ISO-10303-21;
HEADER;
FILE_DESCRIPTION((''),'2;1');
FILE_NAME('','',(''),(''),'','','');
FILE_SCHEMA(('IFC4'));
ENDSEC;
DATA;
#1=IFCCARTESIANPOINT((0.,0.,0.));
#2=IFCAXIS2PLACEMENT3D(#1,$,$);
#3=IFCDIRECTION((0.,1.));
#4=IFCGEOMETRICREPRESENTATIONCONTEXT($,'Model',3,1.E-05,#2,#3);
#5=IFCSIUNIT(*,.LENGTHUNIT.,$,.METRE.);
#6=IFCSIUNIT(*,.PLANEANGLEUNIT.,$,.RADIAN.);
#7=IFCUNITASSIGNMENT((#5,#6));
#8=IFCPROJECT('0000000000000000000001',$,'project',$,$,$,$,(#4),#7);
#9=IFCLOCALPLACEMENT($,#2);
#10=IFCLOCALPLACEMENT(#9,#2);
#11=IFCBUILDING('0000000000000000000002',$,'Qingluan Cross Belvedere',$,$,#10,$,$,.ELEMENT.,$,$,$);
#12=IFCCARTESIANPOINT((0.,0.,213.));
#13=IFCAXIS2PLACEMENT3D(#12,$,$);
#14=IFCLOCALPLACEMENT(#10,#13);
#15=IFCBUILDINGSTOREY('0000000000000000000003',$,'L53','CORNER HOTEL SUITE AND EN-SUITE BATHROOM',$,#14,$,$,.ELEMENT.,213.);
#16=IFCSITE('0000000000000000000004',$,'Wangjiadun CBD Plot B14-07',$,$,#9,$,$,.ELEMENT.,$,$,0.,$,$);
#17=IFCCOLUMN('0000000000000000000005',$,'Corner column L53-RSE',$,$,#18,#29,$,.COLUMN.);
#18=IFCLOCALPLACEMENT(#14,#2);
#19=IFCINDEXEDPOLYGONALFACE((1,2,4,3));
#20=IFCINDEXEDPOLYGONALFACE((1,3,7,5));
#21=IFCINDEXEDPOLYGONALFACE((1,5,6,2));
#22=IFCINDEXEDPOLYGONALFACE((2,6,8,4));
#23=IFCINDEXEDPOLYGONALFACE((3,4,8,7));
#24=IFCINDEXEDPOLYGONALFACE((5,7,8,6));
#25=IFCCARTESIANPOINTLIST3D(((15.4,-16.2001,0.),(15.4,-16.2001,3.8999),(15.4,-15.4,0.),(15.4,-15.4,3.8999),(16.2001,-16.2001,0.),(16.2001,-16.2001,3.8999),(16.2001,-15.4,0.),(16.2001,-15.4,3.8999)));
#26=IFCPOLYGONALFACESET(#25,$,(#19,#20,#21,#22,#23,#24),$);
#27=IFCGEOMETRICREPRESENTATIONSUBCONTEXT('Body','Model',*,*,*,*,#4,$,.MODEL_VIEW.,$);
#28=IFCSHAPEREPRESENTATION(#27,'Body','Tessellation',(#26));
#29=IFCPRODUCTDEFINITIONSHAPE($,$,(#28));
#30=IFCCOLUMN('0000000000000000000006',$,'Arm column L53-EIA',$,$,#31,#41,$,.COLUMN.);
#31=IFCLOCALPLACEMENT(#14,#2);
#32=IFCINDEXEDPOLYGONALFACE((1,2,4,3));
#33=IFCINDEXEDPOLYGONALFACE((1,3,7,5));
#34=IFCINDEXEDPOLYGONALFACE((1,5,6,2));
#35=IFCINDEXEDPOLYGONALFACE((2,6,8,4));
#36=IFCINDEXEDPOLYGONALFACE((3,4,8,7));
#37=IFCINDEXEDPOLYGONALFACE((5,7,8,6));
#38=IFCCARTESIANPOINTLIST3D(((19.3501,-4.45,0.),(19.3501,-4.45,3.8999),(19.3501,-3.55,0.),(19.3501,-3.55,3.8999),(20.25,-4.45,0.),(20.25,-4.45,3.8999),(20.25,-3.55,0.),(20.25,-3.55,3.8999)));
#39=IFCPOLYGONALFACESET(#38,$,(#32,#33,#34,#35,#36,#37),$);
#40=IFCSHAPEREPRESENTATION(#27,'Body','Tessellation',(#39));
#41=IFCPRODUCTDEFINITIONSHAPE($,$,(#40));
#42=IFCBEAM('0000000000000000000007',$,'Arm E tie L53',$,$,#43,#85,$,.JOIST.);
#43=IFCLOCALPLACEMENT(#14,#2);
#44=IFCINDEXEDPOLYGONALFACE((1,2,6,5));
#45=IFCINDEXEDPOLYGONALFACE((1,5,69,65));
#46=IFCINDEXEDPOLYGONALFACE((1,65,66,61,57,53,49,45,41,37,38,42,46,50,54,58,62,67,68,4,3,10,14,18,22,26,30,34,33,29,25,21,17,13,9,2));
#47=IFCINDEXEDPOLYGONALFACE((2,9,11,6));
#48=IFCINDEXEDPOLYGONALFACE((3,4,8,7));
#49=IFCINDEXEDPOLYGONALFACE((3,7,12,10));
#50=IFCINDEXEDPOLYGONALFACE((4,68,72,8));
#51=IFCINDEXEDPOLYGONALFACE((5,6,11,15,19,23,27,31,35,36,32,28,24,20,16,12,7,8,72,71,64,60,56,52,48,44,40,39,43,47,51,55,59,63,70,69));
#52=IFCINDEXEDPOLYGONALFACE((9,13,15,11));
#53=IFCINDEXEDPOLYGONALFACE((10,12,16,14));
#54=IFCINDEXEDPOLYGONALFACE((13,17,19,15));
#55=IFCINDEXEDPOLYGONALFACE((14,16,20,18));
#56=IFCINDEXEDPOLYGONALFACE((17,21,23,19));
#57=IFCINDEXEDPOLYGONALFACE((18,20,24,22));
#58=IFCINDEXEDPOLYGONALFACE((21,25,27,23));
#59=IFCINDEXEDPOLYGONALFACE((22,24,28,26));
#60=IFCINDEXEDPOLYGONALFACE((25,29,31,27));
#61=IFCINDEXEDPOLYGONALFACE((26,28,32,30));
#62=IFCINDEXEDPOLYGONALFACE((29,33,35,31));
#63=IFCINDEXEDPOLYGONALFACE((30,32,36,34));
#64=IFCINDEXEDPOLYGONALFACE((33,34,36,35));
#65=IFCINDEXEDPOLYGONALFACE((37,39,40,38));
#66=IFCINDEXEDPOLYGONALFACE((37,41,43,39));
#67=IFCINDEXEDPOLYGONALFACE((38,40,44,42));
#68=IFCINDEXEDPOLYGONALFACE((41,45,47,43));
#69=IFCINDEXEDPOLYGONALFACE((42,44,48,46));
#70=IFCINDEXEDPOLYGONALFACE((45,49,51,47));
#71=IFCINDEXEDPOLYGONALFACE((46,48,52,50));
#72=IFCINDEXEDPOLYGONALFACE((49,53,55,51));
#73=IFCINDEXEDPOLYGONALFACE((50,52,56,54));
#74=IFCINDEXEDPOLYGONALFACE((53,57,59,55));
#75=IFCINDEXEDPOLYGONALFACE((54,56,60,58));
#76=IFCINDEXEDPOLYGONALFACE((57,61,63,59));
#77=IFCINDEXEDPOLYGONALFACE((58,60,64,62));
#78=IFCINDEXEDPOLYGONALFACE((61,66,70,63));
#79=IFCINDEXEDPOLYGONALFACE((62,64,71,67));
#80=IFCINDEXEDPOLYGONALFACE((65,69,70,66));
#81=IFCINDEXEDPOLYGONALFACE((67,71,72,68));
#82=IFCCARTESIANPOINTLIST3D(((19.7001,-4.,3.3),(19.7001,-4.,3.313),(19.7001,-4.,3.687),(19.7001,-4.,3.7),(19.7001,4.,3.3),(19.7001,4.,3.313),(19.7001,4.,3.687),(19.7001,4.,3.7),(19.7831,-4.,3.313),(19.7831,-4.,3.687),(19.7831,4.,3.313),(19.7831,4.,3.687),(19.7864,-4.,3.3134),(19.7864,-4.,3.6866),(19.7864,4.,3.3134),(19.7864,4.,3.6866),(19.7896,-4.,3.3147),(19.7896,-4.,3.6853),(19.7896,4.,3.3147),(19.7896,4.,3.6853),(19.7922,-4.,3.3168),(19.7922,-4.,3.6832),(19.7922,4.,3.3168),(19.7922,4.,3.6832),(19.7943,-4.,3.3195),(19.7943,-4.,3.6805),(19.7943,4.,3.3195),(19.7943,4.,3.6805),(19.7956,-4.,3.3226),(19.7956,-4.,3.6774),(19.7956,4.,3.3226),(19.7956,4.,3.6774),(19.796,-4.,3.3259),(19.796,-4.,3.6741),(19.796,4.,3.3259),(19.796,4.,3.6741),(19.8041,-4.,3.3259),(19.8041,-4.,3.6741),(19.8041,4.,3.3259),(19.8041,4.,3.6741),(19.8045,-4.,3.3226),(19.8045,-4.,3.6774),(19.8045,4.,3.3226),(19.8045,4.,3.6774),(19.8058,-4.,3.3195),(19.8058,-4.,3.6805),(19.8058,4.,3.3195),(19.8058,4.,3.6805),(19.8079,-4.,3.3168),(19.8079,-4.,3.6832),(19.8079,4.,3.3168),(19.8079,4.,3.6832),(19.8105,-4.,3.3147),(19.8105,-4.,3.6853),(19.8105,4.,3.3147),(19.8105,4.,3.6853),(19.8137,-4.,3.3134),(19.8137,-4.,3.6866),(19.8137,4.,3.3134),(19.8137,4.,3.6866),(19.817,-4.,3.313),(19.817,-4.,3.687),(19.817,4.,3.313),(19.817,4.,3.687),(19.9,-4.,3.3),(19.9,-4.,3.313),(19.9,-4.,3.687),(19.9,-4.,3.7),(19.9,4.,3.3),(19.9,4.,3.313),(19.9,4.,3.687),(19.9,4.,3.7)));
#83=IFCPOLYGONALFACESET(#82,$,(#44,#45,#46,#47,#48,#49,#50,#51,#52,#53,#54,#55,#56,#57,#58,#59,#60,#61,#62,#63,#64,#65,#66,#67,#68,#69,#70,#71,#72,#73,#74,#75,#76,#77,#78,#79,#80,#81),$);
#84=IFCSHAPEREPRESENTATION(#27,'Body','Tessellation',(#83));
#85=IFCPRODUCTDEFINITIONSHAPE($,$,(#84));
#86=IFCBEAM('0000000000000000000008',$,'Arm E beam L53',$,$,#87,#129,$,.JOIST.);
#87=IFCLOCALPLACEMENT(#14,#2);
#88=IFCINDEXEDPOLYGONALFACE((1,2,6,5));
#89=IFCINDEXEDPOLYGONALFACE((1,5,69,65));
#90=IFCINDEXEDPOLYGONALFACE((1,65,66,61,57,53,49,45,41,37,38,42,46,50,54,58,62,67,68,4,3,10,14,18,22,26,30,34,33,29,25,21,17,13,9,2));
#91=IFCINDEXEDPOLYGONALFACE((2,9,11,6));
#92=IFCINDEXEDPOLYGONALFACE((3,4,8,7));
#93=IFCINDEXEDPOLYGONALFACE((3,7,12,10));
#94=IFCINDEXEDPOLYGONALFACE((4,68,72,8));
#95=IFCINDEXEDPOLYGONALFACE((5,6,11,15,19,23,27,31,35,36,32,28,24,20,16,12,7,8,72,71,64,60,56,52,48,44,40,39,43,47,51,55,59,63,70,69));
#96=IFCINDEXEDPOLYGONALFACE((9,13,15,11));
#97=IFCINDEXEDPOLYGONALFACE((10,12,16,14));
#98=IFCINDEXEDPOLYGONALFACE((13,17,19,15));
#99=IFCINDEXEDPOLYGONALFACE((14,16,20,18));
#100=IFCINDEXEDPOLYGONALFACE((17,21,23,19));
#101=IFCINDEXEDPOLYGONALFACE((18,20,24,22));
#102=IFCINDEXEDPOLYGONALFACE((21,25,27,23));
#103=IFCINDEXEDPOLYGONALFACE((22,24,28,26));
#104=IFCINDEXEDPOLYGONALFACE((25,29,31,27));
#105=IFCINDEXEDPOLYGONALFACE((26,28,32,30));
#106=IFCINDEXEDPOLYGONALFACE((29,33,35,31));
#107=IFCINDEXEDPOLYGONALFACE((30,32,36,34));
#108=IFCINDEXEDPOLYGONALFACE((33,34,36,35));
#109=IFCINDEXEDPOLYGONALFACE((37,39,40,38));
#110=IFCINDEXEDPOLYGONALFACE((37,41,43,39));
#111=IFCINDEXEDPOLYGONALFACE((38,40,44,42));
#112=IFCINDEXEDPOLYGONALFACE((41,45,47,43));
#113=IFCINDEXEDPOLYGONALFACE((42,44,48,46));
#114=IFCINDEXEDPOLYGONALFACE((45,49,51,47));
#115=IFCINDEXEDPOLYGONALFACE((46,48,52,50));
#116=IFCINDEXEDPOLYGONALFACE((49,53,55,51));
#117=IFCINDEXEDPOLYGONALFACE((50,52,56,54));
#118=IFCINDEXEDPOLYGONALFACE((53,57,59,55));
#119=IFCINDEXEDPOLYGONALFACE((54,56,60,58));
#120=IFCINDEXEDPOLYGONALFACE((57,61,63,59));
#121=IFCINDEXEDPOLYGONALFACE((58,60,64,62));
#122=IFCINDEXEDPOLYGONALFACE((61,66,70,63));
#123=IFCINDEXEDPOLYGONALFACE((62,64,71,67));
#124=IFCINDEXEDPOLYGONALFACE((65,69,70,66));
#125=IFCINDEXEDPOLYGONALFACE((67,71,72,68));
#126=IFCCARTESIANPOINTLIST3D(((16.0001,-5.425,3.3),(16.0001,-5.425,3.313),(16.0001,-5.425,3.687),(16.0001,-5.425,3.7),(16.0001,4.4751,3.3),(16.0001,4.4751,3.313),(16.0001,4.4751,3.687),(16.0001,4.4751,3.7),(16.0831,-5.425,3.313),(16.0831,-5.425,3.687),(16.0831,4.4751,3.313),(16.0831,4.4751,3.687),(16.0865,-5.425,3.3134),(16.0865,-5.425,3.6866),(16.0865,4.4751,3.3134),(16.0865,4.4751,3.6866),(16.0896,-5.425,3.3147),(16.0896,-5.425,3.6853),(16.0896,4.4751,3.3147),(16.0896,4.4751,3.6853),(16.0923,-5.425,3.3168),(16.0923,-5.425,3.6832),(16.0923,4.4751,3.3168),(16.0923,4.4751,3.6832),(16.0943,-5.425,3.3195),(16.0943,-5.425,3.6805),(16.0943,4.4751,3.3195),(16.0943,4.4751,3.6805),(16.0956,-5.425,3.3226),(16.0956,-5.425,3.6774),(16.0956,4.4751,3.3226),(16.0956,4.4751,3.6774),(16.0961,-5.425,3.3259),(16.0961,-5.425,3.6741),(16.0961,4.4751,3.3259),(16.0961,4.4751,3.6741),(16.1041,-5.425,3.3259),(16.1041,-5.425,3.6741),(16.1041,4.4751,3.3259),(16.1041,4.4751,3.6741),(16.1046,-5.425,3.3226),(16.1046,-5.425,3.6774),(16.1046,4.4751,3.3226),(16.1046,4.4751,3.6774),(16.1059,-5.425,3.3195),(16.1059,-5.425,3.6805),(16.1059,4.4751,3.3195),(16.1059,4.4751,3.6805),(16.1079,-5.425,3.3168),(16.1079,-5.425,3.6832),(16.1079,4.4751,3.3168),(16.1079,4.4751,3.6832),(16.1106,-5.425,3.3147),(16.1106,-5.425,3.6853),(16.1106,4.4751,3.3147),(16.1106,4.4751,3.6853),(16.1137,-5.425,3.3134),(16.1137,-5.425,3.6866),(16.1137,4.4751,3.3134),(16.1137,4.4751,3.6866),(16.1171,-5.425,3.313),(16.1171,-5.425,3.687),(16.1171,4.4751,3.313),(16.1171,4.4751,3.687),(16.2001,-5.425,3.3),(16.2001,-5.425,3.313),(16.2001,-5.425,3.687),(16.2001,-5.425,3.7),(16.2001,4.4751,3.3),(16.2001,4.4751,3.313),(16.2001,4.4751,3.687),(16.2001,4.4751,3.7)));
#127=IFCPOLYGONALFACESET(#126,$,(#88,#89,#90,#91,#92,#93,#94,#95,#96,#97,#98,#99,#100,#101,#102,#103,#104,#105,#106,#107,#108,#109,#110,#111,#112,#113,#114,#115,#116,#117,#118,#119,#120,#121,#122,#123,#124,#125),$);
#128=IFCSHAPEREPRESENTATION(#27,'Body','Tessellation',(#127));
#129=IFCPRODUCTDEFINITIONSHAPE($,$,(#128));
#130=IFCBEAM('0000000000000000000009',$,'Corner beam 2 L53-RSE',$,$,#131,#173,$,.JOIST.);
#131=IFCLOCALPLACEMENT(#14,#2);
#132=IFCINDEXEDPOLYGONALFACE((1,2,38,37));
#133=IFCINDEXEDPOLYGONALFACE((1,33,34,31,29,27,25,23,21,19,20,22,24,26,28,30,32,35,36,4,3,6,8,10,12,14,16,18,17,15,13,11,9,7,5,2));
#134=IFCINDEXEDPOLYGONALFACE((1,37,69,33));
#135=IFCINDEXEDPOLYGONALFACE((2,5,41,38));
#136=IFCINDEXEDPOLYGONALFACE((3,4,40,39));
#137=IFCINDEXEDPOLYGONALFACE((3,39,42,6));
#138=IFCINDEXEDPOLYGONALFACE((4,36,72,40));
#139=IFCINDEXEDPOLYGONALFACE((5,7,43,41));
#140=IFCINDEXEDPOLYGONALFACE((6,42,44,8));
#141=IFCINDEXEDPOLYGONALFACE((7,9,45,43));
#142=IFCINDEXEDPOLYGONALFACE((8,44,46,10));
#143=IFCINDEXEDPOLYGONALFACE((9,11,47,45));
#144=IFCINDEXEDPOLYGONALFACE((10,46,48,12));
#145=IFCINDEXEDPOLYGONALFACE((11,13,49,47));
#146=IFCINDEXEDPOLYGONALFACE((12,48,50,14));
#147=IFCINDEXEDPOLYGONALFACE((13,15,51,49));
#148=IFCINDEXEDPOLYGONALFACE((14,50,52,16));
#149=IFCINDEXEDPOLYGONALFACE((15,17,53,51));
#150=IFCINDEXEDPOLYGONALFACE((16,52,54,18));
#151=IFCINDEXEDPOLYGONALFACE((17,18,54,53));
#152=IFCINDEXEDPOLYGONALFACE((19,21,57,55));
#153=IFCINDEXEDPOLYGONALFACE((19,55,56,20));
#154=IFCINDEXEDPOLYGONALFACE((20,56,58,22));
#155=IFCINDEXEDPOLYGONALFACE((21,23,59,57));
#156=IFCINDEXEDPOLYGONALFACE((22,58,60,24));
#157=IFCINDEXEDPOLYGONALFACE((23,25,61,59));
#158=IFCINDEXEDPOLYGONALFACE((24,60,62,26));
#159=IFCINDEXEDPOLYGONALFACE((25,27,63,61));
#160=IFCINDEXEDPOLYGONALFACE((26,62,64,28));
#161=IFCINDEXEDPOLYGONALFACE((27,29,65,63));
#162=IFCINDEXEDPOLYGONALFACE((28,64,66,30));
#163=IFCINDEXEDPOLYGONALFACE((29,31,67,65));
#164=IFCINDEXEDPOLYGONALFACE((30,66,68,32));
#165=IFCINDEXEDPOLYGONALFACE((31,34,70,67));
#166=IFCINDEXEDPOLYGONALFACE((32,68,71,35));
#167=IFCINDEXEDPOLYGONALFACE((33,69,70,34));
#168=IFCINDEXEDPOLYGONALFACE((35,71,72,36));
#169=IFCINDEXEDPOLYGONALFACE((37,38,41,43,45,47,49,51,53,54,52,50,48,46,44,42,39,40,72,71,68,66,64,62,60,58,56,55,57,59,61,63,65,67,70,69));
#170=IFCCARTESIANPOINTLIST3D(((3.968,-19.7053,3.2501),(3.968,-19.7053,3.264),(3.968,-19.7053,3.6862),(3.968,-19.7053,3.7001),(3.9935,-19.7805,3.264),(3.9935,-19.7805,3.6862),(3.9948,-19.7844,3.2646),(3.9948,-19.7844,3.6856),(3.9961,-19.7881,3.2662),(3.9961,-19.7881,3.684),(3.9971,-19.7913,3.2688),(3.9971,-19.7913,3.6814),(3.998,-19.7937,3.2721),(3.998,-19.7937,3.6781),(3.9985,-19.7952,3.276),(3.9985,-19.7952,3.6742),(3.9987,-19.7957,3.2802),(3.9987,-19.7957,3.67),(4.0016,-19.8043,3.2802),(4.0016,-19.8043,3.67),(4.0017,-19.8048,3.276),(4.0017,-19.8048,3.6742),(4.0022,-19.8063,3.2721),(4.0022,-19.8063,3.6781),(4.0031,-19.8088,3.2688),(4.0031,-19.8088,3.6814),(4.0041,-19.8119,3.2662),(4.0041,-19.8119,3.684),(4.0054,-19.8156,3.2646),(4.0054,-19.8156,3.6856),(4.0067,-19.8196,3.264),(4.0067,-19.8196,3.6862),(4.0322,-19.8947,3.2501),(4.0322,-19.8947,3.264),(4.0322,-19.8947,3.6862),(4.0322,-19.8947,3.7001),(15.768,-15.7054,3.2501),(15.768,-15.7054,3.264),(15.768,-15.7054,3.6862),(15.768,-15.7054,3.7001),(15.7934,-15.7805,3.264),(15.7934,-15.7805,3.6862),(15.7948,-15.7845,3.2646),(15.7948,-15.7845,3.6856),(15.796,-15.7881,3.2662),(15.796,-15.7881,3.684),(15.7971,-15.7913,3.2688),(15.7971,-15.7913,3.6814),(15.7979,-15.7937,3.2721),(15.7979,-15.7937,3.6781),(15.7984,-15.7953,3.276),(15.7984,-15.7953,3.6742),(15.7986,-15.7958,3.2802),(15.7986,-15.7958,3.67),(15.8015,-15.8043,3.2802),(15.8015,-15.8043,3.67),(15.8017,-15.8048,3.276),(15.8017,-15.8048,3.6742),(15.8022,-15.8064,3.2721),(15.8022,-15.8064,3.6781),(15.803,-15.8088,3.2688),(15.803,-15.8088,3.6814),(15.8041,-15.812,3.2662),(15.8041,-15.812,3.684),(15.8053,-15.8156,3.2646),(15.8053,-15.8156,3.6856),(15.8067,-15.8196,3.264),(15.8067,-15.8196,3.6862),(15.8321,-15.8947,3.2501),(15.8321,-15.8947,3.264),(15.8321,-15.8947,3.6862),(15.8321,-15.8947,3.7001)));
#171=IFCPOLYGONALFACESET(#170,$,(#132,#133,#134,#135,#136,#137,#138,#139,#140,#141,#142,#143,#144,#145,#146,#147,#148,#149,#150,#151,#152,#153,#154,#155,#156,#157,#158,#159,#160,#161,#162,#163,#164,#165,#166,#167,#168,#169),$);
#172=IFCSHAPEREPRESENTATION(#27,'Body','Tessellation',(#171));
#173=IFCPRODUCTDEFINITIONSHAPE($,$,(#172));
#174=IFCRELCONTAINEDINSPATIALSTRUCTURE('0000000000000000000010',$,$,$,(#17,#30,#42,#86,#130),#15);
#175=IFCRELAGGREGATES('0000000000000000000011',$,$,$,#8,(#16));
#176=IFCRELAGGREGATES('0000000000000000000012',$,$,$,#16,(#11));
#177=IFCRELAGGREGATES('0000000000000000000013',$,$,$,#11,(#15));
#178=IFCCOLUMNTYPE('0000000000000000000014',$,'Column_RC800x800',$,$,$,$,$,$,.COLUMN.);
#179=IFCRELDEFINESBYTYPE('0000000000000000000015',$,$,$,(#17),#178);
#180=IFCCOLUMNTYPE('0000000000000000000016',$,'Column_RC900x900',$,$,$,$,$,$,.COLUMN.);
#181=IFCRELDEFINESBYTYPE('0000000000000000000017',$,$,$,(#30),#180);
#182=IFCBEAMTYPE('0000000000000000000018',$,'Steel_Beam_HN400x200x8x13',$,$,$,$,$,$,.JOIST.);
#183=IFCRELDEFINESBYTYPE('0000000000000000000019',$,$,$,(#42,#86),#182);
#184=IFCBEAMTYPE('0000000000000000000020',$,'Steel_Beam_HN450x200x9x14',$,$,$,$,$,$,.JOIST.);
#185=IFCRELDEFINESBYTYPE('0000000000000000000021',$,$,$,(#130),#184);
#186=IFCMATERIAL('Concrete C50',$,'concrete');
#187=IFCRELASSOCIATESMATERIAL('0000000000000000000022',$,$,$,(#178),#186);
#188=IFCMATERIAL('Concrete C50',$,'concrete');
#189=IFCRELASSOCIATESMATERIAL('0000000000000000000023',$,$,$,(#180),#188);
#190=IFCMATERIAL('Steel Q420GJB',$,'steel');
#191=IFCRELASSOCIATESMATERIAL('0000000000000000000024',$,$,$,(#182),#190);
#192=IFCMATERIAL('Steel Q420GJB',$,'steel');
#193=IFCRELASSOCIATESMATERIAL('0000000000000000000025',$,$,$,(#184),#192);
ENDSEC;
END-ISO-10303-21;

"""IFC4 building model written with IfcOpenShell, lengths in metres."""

from ifc_helpers import new_model, si_unit, direction, frame, origin, origin_2d, place, context, subcontext, project, spatial, rectangle, i_section, extrude, material, material_profile, profile_set, type_object, element, save


model = new_model("IFC4")

# Units and contexts
model_context = context("Model", 3, precision=1e-05, world=origin(), true_north=direction((0.0, 1.0)))
body_context = subcontext(model_context, "Body", "Model", "MODEL_VIEW")
ifc_project = project(units=[si_unit("LENGTHUNIT", "METRE"), si_unit("PLANEANGLEUNIT", "RADIAN")], contexts=[model_context])

# Site, building, storey
site_placement = place(None, origin())
site = spatial("IfcSite", under=ifc_project, at=site_placement, Name="Wangjiadun CBD Plot B14-07", CompositionType="ELEMENT", RefElevation=0.0)
building_placement = place(site_placement, origin())
building = spatial("IfcBuilding", under=site, at=building_placement, Name="Qingluan Cross Belvedere", CompositionType="ELEMENT")
storey_placement = place(building_placement, frame((0.0, 0.0, 213.0)))
storey = spatial("IfcBuildingStorey", under=building, at=storey_placement, Name="L53", Description="CORNER HOTEL SUITE AND EN-SUITE BATHROOM", CompositionType="ELEMENT", Elevation=213.0)

# Columns
ifc_material_1 = material(Name="Concrete C50", Category="concrete")
ifc_material_profile_1 = material_profile(ifc_material_1, rectangle(XDim=0.8, YDim=0.8, at=origin_2d()), Name="RC800x800")
ifc_profile_set_1 = profile_set([ifc_material_profile_1], Name="Concrete C50")
column_type_1 = type_object("IfcColumnType", Name="Column_RC800x800", PredefinedType="COLUMN", material=ifc_profile_set_1)
column_1_placement = place(storey_placement, frame((15.8, -15.8, 0.0), z_axis=(0.0, 0.0, 1.0), x_axis=(1.0, 0.0, 0.0)))
element("IfcColumn", 1, at=column_1_placement, inside=storey, type_object=column_type_1, Name="Corner column L53-RSE", PredefinedType="COLUMN", context=body_context, shape_type="SweptSolid", body=[
    extrude(rectangle(XDim=0.8, YDim=0.8, at=origin_2d()), origin(), (0.0, 0.0, 1.0), 3.8999),
])
ifc_material_2 = material(Name="Concrete C50", Category="concrete")
ifc_material_profile_2 = material_profile(ifc_material_2, rectangle(XDim=0.8999, YDim=0.8999, at=origin_2d()), Name="RC900x900")
ifc_profile_set_2 = profile_set([ifc_material_profile_2], Name="Concrete C50")
column_type_2 = type_object("IfcColumnType", Name="Column_RC900x900", PredefinedType="COLUMN", material=ifc_profile_set_2)
column_2_placement = place(storey_placement, frame((19.8, -4.0, 0.0), z_axis=(0.0, 0.0, 1.0), x_axis=(1.0, 0.0, 0.0)))
element("IfcColumn", 2, at=column_2_placement, inside=storey, type_object=column_type_2, Name="Arm column L53-EIA", PredefinedType="COLUMN", context=body_context, shape_type="SweptSolid", body=[
    extrude(rectangle(XDim=0.8999, YDim=0.8999, at=origin_2d()), origin(), (0.0, 0.0, 1.0), 3.8999),
])

# Beams
ifc_material_3 = material(Name="Steel Q420GJB", Category="steel")
ifc_material_profile_3 = material_profile(ifc_material_3, i_section(OverallWidth=0.2, OverallDepth=0.3999, WebThickness=0.0081, FlangeThickness=0.0129, FilletRadius=0.0129, at=origin_2d()), Name="HN400x200x8x13")
ifc_profile_set_3 = profile_set([ifc_material_profile_3], Name="Steel Q420GJB")
beam_type_1 = type_object("IfcBeamType", Name="Steel_Beam_HN400x200x8x13", PredefinedType="JOIST", material=ifc_profile_set_3)
beam_1_placement = place(storey_placement, frame((19.8, -4.0, 3.5), z_axis=(0.0, 1.0, 0.0), x_axis=(-1.0, 0.0, 0.0)))
element("IfcBeam", 3, at=beam_1_placement, inside=storey, type_object=beam_type_1, Name="Arm E tie L53", PredefinedType="JOIST", context=body_context, shape_type="SweptSolid", body=[
    extrude(i_section(OverallWidth=0.2, OverallDepth=0.3999, WebThickness=0.0081, FlangeThickness=0.0129, FilletRadius=0.0129, at=origin_2d()), origin(), (0.0, 0.0, 1.0), 8.0),
])
beam_2_placement = place(storey_placement, frame((16.1001, -5.425, 3.5), z_axis=(0.0, 1.0, 0.0), x_axis=(-1.0, 0.0, 0.0)))
element("IfcBeam", 4, at=beam_2_placement, inside=storey, type_object=beam_type_1, Name="Arm E beam L53", PredefinedType="JOIST", context=body_context, shape_type="SweptSolid", body=[
    extrude(i_section(OverallWidth=0.2, OverallDepth=0.3999, WebThickness=0.0081, FlangeThickness=0.0129, FilletRadius=0.0129, at=origin_2d()), origin(), (0.0, 0.0, 1.0), 9.9001),
])
ifc_material_4 = material(Name="Steel Q420GJB", Category="steel")
ifc_material_profile_4 = material_profile(ifc_material_4, i_section(OverallWidth=0.2, OverallDepth=0.45, WebThickness=0.009, FlangeThickness=0.0139, FilletRadius=0.0161, at=origin_2d()), Name="HN450x200x9x14")
ifc_profile_set_4 = profile_set([ifc_material_profile_4], Name="Steel Q420GJB")
beam_type_2 = type_object("IfcBeamType", Name="Steel_Beam_HN450x200x9x14", PredefinedType="JOIST", material=ifc_profile_set_4)
for number, where, z_axis, x_axis, name in (
    (5, (15.8, -15.8, 3.4751), (-0.947066, -0.321038, 0.0), (0.321038, -0.947066, 0.0), "Corner beam 2 L53-RSE"),
):
    element("IfcBeam", number, at=place(storey_placement, frame(where, z_axis=z_axis, x_axis=x_axis)), inside=storey, type_object=beam_type_2, Name=name, PredefinedType="JOIST", context=body_context, shape_type="SweptSolid", body=[
        extrude(i_section(OverallWidth=0.2, OverallDepth=0.45, WebThickness=0.009, FlangeThickness=0.0139, FilletRadius=0.0161, at=origin_2d()), origin(), (0.0, 0.0, 1.0), 12.4595),
    ])

save(model, "model.ifc")
